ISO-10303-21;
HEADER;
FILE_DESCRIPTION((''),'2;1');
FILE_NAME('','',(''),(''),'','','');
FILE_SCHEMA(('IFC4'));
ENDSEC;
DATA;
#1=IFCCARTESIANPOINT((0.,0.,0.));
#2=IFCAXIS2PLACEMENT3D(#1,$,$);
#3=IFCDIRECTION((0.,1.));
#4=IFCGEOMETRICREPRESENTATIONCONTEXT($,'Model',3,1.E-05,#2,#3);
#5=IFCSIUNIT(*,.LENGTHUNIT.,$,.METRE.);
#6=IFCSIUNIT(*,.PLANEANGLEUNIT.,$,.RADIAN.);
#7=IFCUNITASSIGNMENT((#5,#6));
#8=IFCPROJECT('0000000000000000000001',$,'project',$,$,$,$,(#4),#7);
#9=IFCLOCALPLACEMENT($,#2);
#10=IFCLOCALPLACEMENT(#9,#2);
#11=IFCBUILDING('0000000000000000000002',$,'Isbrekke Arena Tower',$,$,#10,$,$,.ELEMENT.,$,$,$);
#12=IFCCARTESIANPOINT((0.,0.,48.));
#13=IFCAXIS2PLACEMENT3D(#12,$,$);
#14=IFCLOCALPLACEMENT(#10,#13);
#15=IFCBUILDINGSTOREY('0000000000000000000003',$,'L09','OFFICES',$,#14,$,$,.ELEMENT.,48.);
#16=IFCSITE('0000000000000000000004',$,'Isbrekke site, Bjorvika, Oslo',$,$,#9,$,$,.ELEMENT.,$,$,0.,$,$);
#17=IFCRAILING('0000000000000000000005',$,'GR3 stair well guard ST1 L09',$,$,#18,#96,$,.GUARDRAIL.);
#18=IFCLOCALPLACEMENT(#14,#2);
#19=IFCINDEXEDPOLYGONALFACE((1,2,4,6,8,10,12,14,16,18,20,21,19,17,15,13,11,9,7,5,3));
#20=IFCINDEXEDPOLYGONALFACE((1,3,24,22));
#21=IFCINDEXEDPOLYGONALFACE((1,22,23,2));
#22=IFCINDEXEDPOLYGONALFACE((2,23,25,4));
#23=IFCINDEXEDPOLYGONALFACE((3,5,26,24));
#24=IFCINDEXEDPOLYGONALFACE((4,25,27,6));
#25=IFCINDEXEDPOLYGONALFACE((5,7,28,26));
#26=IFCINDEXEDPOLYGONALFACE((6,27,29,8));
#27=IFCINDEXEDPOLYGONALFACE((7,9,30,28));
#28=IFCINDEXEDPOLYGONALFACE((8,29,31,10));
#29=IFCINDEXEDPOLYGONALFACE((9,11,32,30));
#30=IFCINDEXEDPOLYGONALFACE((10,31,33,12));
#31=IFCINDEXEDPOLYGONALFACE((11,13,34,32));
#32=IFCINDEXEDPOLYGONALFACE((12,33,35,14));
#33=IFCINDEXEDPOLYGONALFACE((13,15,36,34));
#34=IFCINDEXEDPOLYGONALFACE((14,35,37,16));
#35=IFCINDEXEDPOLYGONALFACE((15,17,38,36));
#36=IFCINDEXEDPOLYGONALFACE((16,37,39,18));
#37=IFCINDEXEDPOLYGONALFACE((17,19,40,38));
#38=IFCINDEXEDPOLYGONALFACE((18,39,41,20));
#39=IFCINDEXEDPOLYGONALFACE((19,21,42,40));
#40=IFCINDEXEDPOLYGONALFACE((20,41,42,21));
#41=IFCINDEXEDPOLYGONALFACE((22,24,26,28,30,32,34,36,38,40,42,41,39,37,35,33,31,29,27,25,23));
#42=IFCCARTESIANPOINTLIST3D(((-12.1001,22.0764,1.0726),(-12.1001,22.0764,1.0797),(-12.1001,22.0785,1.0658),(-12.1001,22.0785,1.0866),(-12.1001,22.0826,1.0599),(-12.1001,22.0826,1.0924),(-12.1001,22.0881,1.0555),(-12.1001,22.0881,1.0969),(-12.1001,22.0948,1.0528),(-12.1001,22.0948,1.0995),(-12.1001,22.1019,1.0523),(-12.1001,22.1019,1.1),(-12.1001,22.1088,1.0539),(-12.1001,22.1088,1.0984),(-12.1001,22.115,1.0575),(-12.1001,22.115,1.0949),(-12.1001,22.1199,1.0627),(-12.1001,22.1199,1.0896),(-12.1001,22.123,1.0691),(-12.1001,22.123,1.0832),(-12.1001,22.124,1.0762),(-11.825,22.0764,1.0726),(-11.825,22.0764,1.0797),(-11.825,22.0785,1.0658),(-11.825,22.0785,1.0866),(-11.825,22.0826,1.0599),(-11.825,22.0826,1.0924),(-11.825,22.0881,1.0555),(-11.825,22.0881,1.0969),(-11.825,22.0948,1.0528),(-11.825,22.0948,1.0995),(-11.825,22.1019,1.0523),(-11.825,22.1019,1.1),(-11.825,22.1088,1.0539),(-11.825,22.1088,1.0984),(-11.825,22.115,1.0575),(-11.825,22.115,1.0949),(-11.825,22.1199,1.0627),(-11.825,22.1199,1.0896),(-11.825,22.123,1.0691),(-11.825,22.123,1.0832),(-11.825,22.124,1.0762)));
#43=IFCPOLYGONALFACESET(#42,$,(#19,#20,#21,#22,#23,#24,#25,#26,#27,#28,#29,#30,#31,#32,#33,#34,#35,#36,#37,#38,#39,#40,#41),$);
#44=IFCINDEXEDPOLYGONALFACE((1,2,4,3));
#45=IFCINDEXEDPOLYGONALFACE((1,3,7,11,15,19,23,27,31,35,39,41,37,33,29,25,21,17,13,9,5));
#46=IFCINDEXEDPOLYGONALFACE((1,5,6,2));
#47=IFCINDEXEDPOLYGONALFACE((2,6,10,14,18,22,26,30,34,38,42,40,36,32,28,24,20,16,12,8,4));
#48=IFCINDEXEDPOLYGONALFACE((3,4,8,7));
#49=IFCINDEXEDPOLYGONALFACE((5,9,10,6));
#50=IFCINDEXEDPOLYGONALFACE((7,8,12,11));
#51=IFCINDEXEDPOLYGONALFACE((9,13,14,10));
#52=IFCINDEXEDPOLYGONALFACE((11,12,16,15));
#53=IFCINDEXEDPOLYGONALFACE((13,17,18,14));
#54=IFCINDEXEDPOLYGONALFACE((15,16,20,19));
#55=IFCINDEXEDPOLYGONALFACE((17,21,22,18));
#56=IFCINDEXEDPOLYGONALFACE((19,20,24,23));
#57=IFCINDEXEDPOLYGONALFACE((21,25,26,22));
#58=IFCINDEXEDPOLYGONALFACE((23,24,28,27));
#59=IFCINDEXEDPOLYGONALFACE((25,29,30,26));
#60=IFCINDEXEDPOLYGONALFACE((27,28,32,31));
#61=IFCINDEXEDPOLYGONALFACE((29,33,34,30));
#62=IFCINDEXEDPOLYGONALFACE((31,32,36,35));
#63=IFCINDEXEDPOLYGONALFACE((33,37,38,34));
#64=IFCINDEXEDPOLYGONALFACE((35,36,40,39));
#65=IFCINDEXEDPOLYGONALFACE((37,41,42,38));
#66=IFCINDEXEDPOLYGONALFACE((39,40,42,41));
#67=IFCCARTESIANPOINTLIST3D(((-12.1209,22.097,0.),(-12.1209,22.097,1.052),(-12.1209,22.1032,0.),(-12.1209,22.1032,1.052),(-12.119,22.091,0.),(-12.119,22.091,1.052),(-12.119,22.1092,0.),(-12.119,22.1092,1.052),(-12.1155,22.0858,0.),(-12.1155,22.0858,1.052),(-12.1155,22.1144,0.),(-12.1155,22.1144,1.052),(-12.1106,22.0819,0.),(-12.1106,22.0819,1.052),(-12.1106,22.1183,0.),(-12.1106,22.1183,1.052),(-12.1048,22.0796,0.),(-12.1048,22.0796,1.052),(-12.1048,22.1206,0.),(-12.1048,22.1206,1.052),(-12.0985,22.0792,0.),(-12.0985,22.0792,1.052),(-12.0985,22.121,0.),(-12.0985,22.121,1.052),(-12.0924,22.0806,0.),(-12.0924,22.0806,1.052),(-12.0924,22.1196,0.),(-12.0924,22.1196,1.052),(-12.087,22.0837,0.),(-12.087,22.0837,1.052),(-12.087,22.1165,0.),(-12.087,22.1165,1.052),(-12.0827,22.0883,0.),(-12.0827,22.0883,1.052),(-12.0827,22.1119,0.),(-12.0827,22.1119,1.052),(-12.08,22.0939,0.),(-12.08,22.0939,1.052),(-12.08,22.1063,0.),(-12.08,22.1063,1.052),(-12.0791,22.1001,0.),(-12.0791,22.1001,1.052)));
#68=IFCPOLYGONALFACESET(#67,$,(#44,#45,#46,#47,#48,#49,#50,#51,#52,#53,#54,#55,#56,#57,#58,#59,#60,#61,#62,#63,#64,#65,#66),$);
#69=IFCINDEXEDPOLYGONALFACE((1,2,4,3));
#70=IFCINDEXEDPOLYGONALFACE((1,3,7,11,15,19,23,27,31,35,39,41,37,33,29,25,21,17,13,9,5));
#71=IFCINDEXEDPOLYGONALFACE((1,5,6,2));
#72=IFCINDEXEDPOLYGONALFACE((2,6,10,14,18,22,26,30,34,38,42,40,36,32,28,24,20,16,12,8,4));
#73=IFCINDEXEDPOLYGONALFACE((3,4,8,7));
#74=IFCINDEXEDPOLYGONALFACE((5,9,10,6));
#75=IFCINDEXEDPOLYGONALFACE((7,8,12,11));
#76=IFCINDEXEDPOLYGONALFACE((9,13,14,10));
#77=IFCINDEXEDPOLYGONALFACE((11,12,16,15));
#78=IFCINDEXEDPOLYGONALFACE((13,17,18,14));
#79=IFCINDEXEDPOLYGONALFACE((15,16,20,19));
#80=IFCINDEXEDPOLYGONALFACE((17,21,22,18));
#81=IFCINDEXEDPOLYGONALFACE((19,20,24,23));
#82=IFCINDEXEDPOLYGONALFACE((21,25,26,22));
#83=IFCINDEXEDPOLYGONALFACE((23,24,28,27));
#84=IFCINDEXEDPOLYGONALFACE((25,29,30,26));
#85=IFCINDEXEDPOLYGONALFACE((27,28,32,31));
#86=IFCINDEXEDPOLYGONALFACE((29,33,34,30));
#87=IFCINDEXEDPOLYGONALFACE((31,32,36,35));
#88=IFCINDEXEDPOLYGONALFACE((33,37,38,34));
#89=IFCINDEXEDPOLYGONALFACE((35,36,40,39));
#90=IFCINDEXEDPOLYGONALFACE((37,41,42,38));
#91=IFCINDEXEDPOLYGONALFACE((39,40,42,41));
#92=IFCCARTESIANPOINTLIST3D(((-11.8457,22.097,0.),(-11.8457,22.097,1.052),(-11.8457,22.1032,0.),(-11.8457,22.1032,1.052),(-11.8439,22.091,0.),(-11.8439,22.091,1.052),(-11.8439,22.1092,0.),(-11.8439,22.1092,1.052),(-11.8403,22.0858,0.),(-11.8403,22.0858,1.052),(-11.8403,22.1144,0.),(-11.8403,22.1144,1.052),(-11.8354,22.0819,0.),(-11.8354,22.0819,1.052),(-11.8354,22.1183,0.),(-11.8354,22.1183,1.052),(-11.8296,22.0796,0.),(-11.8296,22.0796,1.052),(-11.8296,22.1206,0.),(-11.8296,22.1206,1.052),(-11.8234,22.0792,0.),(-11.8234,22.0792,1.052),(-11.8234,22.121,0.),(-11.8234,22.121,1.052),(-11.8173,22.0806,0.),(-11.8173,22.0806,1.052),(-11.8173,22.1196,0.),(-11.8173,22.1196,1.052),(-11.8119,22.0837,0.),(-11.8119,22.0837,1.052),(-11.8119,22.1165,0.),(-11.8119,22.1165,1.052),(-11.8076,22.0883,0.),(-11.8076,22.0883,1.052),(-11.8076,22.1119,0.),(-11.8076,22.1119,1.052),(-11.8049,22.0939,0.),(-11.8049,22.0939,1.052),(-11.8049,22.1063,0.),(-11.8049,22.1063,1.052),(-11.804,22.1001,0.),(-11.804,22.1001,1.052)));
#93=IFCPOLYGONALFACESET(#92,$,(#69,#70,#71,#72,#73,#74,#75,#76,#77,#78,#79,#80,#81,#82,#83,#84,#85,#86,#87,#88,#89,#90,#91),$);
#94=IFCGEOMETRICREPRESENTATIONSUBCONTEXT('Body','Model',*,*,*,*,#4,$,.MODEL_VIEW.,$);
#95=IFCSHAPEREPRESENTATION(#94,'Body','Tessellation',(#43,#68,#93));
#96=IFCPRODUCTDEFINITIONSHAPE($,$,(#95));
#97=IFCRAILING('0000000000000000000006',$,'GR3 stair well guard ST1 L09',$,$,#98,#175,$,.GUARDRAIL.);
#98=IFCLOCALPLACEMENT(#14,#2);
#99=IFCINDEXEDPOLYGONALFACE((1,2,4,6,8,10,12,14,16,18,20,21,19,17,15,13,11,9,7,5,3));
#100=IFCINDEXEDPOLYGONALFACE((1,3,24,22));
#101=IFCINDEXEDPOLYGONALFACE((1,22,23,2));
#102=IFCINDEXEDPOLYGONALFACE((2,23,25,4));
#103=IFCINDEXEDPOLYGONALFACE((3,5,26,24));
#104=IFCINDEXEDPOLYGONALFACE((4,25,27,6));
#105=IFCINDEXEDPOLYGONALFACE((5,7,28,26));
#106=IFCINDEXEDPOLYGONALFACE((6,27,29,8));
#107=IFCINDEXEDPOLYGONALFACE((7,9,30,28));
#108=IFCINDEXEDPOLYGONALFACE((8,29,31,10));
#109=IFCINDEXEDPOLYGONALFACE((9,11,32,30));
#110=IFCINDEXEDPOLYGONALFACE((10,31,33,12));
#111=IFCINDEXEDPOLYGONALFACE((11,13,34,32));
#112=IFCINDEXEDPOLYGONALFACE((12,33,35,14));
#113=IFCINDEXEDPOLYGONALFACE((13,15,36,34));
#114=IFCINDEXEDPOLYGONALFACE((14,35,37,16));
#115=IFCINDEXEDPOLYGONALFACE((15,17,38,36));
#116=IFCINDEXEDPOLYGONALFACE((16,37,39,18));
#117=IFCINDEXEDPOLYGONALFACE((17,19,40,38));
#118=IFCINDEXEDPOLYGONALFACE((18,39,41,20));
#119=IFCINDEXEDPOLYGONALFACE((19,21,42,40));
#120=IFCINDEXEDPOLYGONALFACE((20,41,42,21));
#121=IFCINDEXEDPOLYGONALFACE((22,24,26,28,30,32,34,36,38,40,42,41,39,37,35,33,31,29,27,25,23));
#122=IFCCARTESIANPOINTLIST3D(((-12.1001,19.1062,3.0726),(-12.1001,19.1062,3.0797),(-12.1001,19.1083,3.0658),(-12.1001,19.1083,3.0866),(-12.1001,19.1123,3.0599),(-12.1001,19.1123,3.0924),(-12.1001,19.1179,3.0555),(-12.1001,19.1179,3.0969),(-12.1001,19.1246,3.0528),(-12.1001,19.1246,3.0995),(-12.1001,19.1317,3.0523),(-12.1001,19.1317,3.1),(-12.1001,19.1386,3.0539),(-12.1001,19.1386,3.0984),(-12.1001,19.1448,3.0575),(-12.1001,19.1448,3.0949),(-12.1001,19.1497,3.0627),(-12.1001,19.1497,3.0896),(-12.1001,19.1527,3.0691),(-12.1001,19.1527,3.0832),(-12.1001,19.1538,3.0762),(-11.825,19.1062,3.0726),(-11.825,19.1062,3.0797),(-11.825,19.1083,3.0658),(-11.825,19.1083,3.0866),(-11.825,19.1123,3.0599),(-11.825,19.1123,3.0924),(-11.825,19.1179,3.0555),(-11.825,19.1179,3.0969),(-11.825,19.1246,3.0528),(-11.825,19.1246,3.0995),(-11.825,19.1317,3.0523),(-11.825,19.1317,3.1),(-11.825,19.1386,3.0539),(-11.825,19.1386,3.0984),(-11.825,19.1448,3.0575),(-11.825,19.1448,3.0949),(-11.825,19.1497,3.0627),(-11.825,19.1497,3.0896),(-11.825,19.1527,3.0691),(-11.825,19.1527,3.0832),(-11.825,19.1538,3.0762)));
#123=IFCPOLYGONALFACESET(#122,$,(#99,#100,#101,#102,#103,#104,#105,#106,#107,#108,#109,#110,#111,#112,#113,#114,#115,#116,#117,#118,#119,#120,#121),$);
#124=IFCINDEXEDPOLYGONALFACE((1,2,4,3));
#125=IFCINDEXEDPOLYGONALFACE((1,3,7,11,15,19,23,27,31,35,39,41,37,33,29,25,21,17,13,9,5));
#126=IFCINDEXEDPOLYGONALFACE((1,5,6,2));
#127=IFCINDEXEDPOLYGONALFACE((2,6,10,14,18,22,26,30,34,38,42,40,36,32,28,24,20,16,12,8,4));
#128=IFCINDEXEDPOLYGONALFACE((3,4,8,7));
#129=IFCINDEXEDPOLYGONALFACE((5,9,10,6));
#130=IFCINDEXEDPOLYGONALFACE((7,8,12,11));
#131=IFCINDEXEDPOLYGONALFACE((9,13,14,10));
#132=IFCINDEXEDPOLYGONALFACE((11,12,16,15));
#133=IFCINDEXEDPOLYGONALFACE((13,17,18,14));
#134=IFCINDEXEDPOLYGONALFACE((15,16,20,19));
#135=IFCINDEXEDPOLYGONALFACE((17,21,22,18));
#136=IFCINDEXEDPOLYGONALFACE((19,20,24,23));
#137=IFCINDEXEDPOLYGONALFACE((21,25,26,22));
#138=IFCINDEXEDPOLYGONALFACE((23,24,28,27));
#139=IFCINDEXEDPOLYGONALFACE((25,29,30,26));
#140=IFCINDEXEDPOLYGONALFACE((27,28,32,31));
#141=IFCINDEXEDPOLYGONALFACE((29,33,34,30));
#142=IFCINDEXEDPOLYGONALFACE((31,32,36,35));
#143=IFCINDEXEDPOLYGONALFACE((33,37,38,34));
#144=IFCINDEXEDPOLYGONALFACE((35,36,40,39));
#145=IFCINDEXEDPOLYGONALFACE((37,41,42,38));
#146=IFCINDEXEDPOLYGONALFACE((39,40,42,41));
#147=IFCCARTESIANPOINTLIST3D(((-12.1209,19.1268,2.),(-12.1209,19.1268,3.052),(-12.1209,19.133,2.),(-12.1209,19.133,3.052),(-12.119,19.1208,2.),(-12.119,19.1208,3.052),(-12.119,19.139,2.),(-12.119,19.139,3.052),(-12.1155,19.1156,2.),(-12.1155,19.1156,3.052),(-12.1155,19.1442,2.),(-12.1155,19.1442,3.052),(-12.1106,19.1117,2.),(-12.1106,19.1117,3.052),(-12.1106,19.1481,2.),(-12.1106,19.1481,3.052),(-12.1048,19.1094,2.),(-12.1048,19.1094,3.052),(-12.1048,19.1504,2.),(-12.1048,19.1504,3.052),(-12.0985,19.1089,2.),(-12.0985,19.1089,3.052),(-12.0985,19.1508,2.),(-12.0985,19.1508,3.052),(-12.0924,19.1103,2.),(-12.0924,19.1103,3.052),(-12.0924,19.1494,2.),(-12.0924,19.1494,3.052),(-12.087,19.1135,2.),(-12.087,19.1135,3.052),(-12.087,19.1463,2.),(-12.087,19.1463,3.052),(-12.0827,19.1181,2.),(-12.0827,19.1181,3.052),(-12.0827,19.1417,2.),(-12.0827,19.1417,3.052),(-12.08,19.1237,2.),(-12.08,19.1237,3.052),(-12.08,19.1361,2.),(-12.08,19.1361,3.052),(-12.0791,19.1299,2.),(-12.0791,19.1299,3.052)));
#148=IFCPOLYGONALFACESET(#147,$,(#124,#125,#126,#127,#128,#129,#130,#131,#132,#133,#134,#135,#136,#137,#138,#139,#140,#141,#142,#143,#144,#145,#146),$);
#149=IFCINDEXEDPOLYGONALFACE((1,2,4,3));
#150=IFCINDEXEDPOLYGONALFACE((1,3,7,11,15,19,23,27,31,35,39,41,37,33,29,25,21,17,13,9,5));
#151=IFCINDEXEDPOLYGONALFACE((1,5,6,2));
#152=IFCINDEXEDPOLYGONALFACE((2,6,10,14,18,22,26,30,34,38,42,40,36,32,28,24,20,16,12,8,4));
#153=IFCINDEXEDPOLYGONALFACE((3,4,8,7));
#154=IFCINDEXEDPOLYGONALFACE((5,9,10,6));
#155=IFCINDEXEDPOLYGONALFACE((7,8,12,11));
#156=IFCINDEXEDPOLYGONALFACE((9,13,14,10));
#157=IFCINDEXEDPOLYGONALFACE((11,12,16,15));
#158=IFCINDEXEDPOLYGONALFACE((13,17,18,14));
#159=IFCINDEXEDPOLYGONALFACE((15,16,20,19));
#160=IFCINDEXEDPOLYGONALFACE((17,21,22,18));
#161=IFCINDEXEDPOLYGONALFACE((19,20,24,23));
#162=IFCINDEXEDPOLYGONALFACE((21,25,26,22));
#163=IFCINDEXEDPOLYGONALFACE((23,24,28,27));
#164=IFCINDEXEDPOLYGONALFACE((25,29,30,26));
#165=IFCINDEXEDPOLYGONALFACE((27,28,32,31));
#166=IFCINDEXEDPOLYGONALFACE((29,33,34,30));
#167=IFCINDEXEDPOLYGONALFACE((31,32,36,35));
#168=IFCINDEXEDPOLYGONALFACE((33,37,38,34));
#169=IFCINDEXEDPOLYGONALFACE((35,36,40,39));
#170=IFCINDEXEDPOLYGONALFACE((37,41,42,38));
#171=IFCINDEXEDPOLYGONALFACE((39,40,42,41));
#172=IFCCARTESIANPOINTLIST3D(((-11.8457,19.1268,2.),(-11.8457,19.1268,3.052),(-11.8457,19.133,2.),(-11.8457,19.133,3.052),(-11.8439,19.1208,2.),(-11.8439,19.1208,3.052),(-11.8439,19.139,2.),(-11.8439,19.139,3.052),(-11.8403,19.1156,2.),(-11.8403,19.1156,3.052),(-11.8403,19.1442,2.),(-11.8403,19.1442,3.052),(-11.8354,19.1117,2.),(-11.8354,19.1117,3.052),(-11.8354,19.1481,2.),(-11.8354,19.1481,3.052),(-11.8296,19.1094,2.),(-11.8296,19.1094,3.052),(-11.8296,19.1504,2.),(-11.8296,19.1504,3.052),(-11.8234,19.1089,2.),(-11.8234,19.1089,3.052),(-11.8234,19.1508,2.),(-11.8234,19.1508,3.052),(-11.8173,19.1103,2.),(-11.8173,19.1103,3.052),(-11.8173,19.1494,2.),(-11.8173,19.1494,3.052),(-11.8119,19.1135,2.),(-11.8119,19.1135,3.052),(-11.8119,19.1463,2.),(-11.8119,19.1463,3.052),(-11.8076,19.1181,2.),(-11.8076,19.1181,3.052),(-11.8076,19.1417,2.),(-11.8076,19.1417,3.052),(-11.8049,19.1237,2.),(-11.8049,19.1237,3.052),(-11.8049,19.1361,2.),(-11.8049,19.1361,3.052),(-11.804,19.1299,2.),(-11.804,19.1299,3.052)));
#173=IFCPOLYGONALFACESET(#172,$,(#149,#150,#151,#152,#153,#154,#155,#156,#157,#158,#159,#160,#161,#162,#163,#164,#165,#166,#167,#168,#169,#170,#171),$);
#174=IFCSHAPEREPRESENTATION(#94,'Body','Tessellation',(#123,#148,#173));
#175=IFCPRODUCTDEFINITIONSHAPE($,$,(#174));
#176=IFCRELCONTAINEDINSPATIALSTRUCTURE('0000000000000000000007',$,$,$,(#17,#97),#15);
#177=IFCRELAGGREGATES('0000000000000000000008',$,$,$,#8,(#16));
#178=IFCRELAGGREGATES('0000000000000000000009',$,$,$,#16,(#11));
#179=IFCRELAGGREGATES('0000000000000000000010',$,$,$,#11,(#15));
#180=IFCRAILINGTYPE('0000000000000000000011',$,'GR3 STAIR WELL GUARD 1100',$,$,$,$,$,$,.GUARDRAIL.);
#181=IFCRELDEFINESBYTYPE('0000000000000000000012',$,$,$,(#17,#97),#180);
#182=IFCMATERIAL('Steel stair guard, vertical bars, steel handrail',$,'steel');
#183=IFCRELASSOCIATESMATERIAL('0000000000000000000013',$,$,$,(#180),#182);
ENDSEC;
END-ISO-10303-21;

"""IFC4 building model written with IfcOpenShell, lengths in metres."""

from ifc_helpers import new_model, si_unit, direction, frame, origin, origin_2d, place, context, subcontext, project, spatial, circle, extrude, material, type_object, element, save


model = new_model("IFC4")

# Units and contexts
model_context = context("Model", 3, precision=1e-05, world=origin(), true_north=direction((0.0, 1.0)))
body_context = subcontext(model_context, "Body", "Model", "MODEL_VIEW")
ifc_project = project(units=[si_unit("LENGTHUNIT", "METRE"), si_unit("PLANEANGLEUNIT", "RADIAN")], contexts=[model_context])

# Site, building, storey
site_placement = place(None, origin())
site = spatial("IfcSite", under=ifc_project, at=site_placement, Name="Isbrekke site, Bjorvika, Oslo", CompositionType="ELEMENT", RefElevation=0.0)
building_placement = place(site_placement, origin())
building = spatial("IfcBuilding", under=site, at=building_placement, Name="Isbrekke Arena Tower", CompositionType="ELEMENT")
storey_placement = place(building_placement, frame((0.0, 0.0, 48.0)))
storey = spatial("IfcBuildingStorey", under=building, at=storey_placement, Name="L09", Description="OFFICES", CompositionType="ELEMENT", Elevation=48.0)

# Railings
ifc_material_1 = material(Name="Steel stair guard, vertical bars, steel handrail", Category="steel")
railing_type = type_object("IfcRailingType", Name="GR3 STAIR WELL GUARD 1100", PredefinedType="GUARDRAIL", material=ifc_material_1)
for number, where, name in (
    (1, (-12.1001, 22.1001, 0.0), "GR3 stair well guard ST1 L09"),
    (2, (-12.1001, 19.1299, 2.0), "GR3 stair well guard ST1 L09"),
):
    element("IfcRailing", number, at=place(storey_placement, frame(where)), inside=storey, type_object=railing_type, Name=name, PredefinedType="GUARDRAIL", context=body_context, shape_type="SweptSolid", body=[
        extrude(circle(Radius=0.0239, at=origin_2d()), frame((0.0, 0.0, 1.0762), z_axis=(1.0, 0.0, 0.0), x_axis=(0.0, 1.0, 0.0)), (0.0, 0.0, 1.0), 0.2751),
        extrude(circle(Radius=0.021, at=origin_2d()), origin(), (0.0, 0.0, 1.0), 1.052),
        extrude(circle(Radius=0.021, at=origin_2d()), frame((0.2751, 0.0, 0.0)), (0.0, 0.0, 1.0), 1.052),
    ])

save(model, "model.ifc")
